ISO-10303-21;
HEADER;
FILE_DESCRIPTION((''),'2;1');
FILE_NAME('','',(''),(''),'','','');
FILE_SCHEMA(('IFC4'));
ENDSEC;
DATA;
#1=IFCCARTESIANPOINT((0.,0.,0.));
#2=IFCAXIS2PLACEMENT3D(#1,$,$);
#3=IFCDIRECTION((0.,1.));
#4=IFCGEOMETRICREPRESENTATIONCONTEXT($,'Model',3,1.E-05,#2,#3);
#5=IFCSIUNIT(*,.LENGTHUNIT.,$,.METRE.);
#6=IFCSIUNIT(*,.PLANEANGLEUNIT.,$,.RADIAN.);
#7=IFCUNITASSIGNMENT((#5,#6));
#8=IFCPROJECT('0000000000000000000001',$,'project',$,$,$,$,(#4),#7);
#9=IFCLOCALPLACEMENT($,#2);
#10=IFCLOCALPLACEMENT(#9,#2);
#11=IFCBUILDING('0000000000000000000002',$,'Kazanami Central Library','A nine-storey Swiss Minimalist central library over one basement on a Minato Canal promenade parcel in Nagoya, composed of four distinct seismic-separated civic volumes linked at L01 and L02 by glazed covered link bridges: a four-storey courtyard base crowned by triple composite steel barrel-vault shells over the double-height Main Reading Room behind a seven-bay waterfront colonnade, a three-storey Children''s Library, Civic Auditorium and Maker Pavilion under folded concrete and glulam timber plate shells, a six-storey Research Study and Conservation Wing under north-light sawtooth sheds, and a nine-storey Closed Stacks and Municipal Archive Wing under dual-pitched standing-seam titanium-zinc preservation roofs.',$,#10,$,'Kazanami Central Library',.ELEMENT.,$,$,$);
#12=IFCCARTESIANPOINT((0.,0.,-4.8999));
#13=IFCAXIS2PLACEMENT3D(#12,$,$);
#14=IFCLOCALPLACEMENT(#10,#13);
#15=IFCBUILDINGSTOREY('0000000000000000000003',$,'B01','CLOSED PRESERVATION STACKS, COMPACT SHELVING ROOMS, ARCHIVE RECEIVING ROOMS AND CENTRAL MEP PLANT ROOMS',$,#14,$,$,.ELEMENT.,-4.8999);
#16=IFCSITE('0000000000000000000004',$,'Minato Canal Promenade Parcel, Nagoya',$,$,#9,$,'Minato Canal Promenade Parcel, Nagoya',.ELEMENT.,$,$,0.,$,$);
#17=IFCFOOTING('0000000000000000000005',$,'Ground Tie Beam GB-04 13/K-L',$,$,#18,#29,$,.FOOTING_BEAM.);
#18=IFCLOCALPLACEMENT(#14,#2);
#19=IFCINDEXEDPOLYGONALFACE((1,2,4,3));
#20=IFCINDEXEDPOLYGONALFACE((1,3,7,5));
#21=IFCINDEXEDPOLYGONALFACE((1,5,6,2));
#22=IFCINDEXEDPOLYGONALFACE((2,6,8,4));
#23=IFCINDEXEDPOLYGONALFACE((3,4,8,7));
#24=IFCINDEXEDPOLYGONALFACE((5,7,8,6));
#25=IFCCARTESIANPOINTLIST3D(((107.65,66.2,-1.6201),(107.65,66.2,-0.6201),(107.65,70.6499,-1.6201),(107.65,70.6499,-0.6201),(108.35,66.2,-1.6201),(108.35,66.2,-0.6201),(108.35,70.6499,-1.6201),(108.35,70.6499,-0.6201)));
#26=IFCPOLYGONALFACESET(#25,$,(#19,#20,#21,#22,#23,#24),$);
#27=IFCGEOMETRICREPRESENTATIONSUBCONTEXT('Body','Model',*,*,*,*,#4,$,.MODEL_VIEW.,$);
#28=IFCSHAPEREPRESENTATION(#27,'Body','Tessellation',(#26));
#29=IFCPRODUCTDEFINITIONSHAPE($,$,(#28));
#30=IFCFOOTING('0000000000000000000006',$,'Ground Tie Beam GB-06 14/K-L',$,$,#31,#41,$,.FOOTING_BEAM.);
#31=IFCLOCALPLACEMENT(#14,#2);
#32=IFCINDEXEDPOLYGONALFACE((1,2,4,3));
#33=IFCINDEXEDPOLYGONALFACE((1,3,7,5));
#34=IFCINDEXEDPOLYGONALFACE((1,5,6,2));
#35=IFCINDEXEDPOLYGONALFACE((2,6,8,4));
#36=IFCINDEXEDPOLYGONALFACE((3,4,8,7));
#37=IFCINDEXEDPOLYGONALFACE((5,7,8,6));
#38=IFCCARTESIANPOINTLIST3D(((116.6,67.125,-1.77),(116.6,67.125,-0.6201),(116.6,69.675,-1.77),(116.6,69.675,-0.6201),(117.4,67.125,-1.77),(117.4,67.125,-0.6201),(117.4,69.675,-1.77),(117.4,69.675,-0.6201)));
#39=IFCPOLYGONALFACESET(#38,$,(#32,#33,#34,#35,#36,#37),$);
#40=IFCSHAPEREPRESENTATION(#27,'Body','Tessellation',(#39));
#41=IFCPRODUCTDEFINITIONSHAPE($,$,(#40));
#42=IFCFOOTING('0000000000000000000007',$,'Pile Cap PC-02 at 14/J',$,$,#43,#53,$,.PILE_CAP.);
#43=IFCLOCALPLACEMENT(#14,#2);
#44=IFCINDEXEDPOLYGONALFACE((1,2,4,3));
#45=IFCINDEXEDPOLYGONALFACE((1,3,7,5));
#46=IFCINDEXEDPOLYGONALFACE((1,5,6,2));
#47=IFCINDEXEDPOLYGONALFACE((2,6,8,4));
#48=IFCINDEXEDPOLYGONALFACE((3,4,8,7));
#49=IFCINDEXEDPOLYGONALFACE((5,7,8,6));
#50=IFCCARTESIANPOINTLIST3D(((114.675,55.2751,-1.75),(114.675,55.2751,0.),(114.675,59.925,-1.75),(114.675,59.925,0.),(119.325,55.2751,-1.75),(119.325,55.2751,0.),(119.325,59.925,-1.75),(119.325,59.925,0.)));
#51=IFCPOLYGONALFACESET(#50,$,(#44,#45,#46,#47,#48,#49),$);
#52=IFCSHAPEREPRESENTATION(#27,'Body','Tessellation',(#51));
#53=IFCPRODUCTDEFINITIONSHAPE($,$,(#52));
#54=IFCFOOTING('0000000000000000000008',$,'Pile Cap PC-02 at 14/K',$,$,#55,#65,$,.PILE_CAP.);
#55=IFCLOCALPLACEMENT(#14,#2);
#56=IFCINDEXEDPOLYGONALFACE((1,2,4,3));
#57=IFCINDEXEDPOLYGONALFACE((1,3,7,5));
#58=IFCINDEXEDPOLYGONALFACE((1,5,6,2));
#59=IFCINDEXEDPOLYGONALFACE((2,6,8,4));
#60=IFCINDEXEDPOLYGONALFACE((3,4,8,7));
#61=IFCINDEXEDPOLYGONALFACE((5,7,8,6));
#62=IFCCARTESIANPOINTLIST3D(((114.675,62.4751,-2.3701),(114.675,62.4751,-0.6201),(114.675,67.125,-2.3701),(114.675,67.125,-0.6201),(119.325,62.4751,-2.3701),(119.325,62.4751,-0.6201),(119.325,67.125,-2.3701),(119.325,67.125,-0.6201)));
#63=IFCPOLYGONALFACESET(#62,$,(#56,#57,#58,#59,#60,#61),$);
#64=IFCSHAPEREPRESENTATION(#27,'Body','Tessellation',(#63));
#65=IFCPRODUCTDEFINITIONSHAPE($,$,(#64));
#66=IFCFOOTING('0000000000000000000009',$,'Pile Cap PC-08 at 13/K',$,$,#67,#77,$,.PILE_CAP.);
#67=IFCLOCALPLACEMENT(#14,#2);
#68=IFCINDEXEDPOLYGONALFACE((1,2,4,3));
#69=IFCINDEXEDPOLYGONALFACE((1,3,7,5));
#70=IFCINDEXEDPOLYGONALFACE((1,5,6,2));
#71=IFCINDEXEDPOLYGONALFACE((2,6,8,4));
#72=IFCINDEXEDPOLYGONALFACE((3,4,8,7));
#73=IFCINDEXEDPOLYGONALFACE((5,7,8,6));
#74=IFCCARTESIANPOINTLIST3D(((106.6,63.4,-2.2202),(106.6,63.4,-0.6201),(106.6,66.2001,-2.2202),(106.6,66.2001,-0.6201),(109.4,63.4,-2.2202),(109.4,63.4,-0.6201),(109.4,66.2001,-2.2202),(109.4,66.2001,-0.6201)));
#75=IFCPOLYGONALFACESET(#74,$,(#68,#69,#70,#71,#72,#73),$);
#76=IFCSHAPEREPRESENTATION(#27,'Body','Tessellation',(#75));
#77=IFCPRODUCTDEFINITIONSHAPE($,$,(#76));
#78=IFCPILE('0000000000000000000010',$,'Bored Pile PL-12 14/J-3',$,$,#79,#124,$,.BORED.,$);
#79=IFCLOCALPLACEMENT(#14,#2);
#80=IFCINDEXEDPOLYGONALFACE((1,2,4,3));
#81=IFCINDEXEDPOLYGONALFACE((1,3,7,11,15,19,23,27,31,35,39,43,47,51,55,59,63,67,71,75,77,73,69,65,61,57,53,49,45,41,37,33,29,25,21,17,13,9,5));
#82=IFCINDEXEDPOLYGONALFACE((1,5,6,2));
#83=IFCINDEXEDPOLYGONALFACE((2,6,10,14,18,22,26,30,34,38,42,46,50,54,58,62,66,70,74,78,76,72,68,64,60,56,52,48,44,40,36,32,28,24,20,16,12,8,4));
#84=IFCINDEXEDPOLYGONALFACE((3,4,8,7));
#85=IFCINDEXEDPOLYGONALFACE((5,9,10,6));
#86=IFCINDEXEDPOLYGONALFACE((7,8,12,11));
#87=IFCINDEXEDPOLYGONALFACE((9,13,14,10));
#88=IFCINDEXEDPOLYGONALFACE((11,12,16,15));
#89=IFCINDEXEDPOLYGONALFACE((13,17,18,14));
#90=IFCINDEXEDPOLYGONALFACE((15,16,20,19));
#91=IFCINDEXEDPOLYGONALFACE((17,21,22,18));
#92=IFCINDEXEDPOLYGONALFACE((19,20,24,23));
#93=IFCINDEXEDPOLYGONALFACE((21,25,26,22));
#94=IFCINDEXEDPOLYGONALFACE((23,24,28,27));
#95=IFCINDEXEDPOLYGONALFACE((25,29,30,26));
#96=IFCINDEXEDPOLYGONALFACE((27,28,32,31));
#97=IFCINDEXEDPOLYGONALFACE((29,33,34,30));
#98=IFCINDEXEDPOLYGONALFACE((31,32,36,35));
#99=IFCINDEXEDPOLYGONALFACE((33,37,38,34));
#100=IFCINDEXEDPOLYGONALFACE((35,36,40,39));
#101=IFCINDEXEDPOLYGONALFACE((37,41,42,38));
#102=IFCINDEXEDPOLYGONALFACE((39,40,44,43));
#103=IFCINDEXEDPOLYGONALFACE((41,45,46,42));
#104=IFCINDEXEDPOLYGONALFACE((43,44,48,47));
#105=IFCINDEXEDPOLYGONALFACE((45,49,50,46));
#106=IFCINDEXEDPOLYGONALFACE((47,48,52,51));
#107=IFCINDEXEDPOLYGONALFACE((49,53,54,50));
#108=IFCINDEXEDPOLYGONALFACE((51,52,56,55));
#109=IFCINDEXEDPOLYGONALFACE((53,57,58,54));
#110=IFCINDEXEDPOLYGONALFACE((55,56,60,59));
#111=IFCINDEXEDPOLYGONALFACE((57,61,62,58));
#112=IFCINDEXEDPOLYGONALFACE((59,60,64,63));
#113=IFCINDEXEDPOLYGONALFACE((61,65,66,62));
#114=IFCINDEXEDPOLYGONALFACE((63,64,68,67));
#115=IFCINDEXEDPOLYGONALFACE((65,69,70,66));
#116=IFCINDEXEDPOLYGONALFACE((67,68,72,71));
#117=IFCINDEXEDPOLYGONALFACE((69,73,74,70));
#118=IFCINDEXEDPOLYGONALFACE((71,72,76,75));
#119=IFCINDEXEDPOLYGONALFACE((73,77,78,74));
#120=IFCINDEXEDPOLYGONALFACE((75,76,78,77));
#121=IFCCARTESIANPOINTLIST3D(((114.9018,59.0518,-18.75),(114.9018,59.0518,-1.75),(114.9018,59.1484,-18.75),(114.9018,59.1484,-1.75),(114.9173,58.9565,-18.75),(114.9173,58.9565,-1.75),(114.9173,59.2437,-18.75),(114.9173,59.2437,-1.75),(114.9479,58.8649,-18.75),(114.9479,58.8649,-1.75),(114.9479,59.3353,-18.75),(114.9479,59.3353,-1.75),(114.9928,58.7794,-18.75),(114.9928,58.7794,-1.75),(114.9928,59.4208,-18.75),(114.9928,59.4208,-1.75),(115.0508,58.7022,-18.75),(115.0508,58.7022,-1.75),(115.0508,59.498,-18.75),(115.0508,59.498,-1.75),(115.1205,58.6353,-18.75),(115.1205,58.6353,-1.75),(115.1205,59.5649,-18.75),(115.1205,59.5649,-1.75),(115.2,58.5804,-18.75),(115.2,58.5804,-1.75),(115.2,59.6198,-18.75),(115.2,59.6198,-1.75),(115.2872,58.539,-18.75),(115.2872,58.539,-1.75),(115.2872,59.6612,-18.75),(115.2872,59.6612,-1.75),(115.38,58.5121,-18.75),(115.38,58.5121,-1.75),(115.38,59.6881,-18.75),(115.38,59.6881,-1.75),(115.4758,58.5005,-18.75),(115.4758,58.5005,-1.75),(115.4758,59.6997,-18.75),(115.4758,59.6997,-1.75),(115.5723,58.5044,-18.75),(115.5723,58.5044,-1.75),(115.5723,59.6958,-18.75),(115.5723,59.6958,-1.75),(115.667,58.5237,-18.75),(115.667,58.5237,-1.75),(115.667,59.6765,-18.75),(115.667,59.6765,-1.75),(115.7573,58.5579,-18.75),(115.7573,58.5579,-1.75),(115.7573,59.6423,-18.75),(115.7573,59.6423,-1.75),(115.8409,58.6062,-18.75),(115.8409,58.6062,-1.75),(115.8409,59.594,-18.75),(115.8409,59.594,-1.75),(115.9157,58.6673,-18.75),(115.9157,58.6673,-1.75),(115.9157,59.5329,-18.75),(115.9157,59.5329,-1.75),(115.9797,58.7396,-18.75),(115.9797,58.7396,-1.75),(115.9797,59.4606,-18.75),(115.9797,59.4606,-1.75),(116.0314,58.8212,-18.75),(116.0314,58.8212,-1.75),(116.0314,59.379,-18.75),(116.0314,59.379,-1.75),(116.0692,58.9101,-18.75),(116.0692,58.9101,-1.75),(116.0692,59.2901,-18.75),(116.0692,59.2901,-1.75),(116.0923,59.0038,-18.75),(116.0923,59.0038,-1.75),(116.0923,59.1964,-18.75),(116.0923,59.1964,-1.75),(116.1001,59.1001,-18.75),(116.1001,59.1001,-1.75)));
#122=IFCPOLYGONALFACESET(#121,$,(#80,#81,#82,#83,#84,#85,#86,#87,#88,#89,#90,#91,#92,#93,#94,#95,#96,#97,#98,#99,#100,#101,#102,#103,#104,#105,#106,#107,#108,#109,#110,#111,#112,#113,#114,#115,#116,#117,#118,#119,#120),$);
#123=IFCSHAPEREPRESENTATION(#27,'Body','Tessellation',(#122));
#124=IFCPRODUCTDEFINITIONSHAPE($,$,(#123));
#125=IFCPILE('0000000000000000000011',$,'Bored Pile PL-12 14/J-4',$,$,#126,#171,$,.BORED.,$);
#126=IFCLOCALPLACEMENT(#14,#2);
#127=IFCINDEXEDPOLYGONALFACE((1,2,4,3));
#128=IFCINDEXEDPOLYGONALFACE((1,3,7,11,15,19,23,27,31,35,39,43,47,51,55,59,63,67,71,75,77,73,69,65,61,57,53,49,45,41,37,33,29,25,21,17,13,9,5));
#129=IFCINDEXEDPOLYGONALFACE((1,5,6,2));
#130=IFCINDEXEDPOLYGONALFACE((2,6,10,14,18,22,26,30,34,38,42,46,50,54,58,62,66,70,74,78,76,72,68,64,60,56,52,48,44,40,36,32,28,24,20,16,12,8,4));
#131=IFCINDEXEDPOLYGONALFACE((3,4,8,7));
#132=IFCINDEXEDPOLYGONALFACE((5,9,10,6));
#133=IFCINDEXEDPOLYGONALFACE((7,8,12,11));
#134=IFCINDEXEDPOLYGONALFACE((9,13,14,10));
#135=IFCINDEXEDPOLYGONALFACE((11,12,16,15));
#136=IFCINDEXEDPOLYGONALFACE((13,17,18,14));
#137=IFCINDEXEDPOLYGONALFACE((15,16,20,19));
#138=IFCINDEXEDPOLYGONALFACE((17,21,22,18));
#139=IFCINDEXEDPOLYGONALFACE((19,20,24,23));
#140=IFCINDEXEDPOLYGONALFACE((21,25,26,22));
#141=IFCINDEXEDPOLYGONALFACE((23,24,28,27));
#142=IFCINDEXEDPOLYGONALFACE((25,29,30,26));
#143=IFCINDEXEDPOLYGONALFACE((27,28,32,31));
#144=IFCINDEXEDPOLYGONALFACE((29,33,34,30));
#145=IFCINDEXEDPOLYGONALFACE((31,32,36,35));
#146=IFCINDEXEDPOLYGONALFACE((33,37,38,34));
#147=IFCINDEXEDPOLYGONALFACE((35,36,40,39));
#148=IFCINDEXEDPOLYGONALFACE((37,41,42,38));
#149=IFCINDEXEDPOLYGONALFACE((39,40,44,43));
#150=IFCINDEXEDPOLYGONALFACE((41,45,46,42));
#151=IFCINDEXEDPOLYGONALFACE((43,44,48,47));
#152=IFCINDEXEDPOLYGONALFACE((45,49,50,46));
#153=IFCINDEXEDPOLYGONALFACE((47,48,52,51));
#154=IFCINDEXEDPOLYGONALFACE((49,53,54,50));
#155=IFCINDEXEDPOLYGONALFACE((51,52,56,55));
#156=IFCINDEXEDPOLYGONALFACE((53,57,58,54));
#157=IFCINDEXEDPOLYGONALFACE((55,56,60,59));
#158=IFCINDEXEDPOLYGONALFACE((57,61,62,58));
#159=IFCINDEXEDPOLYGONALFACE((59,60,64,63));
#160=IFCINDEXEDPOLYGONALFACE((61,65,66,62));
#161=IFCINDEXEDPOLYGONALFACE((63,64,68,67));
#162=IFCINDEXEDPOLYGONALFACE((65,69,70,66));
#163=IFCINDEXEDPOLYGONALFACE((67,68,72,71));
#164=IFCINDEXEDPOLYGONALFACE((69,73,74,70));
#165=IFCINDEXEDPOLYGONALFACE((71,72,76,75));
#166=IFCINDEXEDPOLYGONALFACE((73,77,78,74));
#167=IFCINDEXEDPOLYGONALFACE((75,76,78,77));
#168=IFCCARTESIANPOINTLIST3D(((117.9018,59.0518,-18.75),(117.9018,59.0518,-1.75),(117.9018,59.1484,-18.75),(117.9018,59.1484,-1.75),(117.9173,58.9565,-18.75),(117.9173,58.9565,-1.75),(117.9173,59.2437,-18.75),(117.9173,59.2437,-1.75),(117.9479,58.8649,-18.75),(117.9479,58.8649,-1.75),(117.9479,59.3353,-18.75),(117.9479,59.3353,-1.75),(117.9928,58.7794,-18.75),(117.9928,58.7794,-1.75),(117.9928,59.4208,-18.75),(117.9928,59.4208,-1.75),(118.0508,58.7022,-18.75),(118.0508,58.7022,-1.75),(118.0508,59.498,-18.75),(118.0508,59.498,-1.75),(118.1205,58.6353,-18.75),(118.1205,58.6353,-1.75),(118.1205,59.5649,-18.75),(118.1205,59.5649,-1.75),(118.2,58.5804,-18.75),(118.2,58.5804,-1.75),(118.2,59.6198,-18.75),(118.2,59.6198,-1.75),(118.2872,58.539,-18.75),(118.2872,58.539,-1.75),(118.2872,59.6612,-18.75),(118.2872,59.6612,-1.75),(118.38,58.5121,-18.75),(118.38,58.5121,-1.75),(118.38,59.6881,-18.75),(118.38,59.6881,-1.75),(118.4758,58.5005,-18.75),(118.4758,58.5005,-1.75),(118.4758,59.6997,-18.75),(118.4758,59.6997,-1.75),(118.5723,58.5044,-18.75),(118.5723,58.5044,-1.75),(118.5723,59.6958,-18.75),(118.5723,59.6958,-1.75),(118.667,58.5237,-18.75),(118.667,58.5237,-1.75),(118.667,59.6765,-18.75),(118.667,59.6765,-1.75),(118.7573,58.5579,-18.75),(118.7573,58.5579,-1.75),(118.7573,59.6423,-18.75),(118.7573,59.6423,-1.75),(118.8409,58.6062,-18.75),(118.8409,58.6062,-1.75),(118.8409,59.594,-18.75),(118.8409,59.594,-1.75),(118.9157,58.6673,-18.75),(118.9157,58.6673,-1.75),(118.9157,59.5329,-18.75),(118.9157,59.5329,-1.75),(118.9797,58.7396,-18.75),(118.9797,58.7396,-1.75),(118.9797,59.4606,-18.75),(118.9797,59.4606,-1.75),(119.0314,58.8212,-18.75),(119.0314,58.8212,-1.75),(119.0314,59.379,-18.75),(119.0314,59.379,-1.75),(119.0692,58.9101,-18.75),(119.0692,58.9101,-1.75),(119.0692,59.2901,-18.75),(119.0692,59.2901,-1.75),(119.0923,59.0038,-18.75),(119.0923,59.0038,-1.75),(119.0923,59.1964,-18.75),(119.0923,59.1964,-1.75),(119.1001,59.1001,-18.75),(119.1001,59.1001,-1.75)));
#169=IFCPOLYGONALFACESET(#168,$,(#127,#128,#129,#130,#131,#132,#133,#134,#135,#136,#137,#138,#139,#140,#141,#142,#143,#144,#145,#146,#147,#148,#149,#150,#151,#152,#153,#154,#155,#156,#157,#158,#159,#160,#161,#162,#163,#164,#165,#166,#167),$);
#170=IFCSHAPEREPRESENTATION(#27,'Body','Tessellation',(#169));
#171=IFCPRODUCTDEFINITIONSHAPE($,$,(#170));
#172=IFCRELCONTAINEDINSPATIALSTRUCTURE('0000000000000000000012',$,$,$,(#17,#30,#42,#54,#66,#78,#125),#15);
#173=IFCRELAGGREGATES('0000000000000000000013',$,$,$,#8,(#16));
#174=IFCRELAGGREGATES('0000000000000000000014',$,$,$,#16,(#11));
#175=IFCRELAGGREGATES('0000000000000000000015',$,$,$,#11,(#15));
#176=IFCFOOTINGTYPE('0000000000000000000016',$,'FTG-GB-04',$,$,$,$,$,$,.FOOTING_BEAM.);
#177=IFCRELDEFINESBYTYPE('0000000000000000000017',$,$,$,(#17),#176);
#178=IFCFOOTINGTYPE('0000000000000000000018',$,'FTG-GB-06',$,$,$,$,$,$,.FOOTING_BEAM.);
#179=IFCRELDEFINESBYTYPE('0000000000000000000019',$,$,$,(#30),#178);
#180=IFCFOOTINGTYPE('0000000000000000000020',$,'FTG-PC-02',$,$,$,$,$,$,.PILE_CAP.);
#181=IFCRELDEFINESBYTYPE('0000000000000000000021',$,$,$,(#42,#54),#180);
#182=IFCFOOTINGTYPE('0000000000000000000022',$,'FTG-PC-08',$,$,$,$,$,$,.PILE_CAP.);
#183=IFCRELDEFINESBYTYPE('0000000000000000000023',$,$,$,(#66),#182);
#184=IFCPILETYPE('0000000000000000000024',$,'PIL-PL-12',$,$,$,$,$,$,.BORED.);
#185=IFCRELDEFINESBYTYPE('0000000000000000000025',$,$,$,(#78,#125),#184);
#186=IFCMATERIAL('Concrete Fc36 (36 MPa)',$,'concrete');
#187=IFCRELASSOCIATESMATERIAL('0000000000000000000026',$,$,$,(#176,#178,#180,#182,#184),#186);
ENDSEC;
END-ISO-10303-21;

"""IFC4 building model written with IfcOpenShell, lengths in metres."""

from ifc_helpers import new_model, si_unit, direction, frame, origin, origin_2d, place, context, subcontext, project, spatial, rectangle, circle, extrude, material, material_profile, profile_set, type_object, element, save


model = new_model("IFC4")

# Units and contexts
model_context = context("Model", 3, precision=1e-05, world=origin(), true_north=direction((0.0, 1.0)))
body_context = subcontext(model_context, "Body", "Model", "MODEL_VIEW")
ifc_project = project(units=[si_unit("LENGTHUNIT", "METRE"), si_unit("PLANEANGLEUNIT", "RADIAN")], contexts=[model_context])

# Site, building, storey
site_placement = place(None, origin())
site = spatial("IfcSite", under=ifc_project, at=site_placement, Name="Minato Canal Promenade Parcel, Nagoya", LongName="Minato Canal Promenade Parcel, Nagoya", CompositionType="ELEMENT", RefElevation=0.0)
building_placement = place(site_placement, origin())
building = spatial("IfcBuilding", under=site, at=building_placement, Name="Kazanami Central Library", Description="A nine-storey Swiss Minimalist central library over one basement on a Minato Canal promenade parcel in Nagoya, composed of four distinct seismic-separated civic volumes linked at L01 and L02 by glazed covered link bridges: a four-storey courtyard base crowned by triple composite steel barrel-vault shells over the double-height Main Reading Room behind a seven-bay waterfront colonnade, a three-storey Children's Library, Civic Auditorium and Maker Pavilion under folded concrete and glulam timber plate shells, a six-storey Research Study and Conservation Wing under north-light sawtooth sheds, and a nine-storey Closed Stacks and Municipal Archive Wing under dual-pitched standing-seam titanium-zinc preservation roofs.", LongName="Kazanami Central Library", CompositionType="ELEMENT")
storey_placement = place(building_placement, frame((0.0, 0.0, -4.8999)))
storey = spatial("IfcBuildingStorey", under=building, at=storey_placement, Name="B01", Description="CLOSED PRESERVATION STACKS, COMPACT SHELVING ROOMS, ARCHIVE RECEIVING ROOMS AND CENTRAL MEP PLANT ROOMS", CompositionType="ELEMENT", Elevation=-4.8999)

# Footings
ifc_material_1 = material(Name="Concrete Fc36 (36 MPa)", Category="concrete")
ifc_material_profile_1 = material_profile(ifc_material_1, rectangle(XDim=0.7, YDim=1.0, at=origin_2d()), Name="RC-700x1000")
ifc_profile_set_1 = profile_set([ifc_material_profile_1], Name="Concrete Fc36 (36 MPa)")
footing_type_1 = type_object("IfcFootingType", Name="FTG-GB-04", PredefinedType="FOOTING_BEAM", material=ifc_profile_set_1)
footing_1_placement = place(storey_placement, frame((108.0, 66.2, -1.1201), z_axis=(0.0, 1.0, 0.0), x_axis=(-1.0, 0.0, 0.0)))
element("IfcFooting", 1, at=footing_1_placement, inside=storey, type_object=footing_type_1, Name="Ground Tie Beam GB-04 13/K-L", PredefinedType="FOOTING_BEAM", context=body_context, shape_type="SweptSolid", body=[
    extrude(rectangle(XDim=0.7, YDim=1.0, at=origin_2d()), origin(), (0.0, 0.0, 1.0), 4.45),
])
ifc_material_profile_2 = material_profile(ifc_material_1, rectangle(XDim=0.8, YDim=1.1499, at=origin_2d()), Name="RC-800x1150")
ifc_profile_set_2 = profile_set([ifc_material_profile_2], Name="Concrete Fc36 (36 MPa)")
footing_type_2 = type_object("IfcFootingType", Name="FTG-GB-06", PredefinedType="FOOTING_BEAM", material=ifc_profile_set_2)
footing_2_placement = place(storey_placement, frame((117.0, 67.125, -1.1951), z_axis=(0.0, 1.0, 0.0), x_axis=(-1.0, 0.0, 0.0)))
element("IfcFooting", 2, at=footing_2_placement, inside=storey, type_object=footing_type_2, Name="Ground Tie Beam GB-06 14/K-L", PredefinedType="FOOTING_BEAM", context=body_context, shape_type="SweptSolid", body=[
    extrude(rectangle(XDim=0.8, YDim=1.1499, at=origin_2d()), origin(), (0.0, 0.0, 1.0), 2.55),
])
footing_type_3 = type_object("IfcFootingType", Name="FTG-PC-02", PredefinedType="PILE_CAP", material=ifc_material_1)
for number, where, z_axis, x_axis, name in (
    (3, (117.0, 57.6001, -1.75), (0.0, 0.0, 1.0), (1.0, 0.0, 0.0), "Pile Cap PC-02 at 14/J"),
    (4, (117.0, 64.8, -2.3701), (0.0, 0.0, 1.0), (1.0, 0.0, 0.0), "Pile Cap PC-02 at 14/K"),
):
    element("IfcFooting", number, at=place(storey_placement, frame(where, z_axis=z_axis, x_axis=x_axis)), inside=storey, type_object=footing_type_3, Name=name, PredefinedType="PILE_CAP", context=body_context, shape_type="SweptSolid", body=[
        extrude(rectangle(XDim=4.6499, YDim=4.6499, at=origin_2d()), origin(), (0.0, 0.0, 1.0), 1.75),
    ])
footing_type_4 = type_object("IfcFootingType", Name="FTG-PC-08", PredefinedType="PILE_CAP", material=ifc_material_1)
footing_3_placement = place(storey_placement, frame((108.0, 64.8, -2.2202), z_axis=(0.0, 0.0, 1.0), x_axis=(1.0, 0.0, 0.0)))
element("IfcFooting", 5, at=footing_3_placement, inside=storey, type_object=footing_type_4, Name="Pile Cap PC-08 at 13/K", PredefinedType="PILE_CAP", context=body_context, shape_type="SweptSolid", body=[
    extrude(rectangle(XDim=2.8, YDim=2.8, at=origin_2d()), origin(), (0.0, 0.0, 1.0), 1.6001),
])

# Piles
ifc_material_profile_3 = material_profile(ifc_material_1, circle(Radius=0.6001, at=origin_2d()), Name="BORED-D1200")
ifc_profile_set_3 = profile_set([ifc_material_profile_3], Name="Concrete Fc36 (36 MPa)")
pile_type_1 = type_object("IfcPileType", Name="PIL-PL-12", PredefinedType="BORED", material=ifc_profile_set_3)
for number, where, z_axis, x_axis, name in (
    (6, (115.5, 59.1001, -1.75), (0.0, 0.0, -1.0), (1.0, 0.0, 0.0), "Bored Pile PL-12 14/J-3"),
    (7, (118.5, 59.1001, -1.75), (0.0, 0.0, -1.0), (1.0, 0.0, 0.0), "Bored Pile PL-12 14/J-4"),
):
    element("IfcPile", number, at=place(storey_placement, frame(where, z_axis=z_axis, x_axis=x_axis)), inside=storey, type_object=pile_type_1, Name=name, PredefinedType="BORED", context=body_context, shape_type="SweptSolid", body=[
        extrude(circle(Radius=0.6001, at=origin_2d()), origin(), (0.0, 0.0, 1.0), 17.0),
    ])

save(model, "model.ifc")
